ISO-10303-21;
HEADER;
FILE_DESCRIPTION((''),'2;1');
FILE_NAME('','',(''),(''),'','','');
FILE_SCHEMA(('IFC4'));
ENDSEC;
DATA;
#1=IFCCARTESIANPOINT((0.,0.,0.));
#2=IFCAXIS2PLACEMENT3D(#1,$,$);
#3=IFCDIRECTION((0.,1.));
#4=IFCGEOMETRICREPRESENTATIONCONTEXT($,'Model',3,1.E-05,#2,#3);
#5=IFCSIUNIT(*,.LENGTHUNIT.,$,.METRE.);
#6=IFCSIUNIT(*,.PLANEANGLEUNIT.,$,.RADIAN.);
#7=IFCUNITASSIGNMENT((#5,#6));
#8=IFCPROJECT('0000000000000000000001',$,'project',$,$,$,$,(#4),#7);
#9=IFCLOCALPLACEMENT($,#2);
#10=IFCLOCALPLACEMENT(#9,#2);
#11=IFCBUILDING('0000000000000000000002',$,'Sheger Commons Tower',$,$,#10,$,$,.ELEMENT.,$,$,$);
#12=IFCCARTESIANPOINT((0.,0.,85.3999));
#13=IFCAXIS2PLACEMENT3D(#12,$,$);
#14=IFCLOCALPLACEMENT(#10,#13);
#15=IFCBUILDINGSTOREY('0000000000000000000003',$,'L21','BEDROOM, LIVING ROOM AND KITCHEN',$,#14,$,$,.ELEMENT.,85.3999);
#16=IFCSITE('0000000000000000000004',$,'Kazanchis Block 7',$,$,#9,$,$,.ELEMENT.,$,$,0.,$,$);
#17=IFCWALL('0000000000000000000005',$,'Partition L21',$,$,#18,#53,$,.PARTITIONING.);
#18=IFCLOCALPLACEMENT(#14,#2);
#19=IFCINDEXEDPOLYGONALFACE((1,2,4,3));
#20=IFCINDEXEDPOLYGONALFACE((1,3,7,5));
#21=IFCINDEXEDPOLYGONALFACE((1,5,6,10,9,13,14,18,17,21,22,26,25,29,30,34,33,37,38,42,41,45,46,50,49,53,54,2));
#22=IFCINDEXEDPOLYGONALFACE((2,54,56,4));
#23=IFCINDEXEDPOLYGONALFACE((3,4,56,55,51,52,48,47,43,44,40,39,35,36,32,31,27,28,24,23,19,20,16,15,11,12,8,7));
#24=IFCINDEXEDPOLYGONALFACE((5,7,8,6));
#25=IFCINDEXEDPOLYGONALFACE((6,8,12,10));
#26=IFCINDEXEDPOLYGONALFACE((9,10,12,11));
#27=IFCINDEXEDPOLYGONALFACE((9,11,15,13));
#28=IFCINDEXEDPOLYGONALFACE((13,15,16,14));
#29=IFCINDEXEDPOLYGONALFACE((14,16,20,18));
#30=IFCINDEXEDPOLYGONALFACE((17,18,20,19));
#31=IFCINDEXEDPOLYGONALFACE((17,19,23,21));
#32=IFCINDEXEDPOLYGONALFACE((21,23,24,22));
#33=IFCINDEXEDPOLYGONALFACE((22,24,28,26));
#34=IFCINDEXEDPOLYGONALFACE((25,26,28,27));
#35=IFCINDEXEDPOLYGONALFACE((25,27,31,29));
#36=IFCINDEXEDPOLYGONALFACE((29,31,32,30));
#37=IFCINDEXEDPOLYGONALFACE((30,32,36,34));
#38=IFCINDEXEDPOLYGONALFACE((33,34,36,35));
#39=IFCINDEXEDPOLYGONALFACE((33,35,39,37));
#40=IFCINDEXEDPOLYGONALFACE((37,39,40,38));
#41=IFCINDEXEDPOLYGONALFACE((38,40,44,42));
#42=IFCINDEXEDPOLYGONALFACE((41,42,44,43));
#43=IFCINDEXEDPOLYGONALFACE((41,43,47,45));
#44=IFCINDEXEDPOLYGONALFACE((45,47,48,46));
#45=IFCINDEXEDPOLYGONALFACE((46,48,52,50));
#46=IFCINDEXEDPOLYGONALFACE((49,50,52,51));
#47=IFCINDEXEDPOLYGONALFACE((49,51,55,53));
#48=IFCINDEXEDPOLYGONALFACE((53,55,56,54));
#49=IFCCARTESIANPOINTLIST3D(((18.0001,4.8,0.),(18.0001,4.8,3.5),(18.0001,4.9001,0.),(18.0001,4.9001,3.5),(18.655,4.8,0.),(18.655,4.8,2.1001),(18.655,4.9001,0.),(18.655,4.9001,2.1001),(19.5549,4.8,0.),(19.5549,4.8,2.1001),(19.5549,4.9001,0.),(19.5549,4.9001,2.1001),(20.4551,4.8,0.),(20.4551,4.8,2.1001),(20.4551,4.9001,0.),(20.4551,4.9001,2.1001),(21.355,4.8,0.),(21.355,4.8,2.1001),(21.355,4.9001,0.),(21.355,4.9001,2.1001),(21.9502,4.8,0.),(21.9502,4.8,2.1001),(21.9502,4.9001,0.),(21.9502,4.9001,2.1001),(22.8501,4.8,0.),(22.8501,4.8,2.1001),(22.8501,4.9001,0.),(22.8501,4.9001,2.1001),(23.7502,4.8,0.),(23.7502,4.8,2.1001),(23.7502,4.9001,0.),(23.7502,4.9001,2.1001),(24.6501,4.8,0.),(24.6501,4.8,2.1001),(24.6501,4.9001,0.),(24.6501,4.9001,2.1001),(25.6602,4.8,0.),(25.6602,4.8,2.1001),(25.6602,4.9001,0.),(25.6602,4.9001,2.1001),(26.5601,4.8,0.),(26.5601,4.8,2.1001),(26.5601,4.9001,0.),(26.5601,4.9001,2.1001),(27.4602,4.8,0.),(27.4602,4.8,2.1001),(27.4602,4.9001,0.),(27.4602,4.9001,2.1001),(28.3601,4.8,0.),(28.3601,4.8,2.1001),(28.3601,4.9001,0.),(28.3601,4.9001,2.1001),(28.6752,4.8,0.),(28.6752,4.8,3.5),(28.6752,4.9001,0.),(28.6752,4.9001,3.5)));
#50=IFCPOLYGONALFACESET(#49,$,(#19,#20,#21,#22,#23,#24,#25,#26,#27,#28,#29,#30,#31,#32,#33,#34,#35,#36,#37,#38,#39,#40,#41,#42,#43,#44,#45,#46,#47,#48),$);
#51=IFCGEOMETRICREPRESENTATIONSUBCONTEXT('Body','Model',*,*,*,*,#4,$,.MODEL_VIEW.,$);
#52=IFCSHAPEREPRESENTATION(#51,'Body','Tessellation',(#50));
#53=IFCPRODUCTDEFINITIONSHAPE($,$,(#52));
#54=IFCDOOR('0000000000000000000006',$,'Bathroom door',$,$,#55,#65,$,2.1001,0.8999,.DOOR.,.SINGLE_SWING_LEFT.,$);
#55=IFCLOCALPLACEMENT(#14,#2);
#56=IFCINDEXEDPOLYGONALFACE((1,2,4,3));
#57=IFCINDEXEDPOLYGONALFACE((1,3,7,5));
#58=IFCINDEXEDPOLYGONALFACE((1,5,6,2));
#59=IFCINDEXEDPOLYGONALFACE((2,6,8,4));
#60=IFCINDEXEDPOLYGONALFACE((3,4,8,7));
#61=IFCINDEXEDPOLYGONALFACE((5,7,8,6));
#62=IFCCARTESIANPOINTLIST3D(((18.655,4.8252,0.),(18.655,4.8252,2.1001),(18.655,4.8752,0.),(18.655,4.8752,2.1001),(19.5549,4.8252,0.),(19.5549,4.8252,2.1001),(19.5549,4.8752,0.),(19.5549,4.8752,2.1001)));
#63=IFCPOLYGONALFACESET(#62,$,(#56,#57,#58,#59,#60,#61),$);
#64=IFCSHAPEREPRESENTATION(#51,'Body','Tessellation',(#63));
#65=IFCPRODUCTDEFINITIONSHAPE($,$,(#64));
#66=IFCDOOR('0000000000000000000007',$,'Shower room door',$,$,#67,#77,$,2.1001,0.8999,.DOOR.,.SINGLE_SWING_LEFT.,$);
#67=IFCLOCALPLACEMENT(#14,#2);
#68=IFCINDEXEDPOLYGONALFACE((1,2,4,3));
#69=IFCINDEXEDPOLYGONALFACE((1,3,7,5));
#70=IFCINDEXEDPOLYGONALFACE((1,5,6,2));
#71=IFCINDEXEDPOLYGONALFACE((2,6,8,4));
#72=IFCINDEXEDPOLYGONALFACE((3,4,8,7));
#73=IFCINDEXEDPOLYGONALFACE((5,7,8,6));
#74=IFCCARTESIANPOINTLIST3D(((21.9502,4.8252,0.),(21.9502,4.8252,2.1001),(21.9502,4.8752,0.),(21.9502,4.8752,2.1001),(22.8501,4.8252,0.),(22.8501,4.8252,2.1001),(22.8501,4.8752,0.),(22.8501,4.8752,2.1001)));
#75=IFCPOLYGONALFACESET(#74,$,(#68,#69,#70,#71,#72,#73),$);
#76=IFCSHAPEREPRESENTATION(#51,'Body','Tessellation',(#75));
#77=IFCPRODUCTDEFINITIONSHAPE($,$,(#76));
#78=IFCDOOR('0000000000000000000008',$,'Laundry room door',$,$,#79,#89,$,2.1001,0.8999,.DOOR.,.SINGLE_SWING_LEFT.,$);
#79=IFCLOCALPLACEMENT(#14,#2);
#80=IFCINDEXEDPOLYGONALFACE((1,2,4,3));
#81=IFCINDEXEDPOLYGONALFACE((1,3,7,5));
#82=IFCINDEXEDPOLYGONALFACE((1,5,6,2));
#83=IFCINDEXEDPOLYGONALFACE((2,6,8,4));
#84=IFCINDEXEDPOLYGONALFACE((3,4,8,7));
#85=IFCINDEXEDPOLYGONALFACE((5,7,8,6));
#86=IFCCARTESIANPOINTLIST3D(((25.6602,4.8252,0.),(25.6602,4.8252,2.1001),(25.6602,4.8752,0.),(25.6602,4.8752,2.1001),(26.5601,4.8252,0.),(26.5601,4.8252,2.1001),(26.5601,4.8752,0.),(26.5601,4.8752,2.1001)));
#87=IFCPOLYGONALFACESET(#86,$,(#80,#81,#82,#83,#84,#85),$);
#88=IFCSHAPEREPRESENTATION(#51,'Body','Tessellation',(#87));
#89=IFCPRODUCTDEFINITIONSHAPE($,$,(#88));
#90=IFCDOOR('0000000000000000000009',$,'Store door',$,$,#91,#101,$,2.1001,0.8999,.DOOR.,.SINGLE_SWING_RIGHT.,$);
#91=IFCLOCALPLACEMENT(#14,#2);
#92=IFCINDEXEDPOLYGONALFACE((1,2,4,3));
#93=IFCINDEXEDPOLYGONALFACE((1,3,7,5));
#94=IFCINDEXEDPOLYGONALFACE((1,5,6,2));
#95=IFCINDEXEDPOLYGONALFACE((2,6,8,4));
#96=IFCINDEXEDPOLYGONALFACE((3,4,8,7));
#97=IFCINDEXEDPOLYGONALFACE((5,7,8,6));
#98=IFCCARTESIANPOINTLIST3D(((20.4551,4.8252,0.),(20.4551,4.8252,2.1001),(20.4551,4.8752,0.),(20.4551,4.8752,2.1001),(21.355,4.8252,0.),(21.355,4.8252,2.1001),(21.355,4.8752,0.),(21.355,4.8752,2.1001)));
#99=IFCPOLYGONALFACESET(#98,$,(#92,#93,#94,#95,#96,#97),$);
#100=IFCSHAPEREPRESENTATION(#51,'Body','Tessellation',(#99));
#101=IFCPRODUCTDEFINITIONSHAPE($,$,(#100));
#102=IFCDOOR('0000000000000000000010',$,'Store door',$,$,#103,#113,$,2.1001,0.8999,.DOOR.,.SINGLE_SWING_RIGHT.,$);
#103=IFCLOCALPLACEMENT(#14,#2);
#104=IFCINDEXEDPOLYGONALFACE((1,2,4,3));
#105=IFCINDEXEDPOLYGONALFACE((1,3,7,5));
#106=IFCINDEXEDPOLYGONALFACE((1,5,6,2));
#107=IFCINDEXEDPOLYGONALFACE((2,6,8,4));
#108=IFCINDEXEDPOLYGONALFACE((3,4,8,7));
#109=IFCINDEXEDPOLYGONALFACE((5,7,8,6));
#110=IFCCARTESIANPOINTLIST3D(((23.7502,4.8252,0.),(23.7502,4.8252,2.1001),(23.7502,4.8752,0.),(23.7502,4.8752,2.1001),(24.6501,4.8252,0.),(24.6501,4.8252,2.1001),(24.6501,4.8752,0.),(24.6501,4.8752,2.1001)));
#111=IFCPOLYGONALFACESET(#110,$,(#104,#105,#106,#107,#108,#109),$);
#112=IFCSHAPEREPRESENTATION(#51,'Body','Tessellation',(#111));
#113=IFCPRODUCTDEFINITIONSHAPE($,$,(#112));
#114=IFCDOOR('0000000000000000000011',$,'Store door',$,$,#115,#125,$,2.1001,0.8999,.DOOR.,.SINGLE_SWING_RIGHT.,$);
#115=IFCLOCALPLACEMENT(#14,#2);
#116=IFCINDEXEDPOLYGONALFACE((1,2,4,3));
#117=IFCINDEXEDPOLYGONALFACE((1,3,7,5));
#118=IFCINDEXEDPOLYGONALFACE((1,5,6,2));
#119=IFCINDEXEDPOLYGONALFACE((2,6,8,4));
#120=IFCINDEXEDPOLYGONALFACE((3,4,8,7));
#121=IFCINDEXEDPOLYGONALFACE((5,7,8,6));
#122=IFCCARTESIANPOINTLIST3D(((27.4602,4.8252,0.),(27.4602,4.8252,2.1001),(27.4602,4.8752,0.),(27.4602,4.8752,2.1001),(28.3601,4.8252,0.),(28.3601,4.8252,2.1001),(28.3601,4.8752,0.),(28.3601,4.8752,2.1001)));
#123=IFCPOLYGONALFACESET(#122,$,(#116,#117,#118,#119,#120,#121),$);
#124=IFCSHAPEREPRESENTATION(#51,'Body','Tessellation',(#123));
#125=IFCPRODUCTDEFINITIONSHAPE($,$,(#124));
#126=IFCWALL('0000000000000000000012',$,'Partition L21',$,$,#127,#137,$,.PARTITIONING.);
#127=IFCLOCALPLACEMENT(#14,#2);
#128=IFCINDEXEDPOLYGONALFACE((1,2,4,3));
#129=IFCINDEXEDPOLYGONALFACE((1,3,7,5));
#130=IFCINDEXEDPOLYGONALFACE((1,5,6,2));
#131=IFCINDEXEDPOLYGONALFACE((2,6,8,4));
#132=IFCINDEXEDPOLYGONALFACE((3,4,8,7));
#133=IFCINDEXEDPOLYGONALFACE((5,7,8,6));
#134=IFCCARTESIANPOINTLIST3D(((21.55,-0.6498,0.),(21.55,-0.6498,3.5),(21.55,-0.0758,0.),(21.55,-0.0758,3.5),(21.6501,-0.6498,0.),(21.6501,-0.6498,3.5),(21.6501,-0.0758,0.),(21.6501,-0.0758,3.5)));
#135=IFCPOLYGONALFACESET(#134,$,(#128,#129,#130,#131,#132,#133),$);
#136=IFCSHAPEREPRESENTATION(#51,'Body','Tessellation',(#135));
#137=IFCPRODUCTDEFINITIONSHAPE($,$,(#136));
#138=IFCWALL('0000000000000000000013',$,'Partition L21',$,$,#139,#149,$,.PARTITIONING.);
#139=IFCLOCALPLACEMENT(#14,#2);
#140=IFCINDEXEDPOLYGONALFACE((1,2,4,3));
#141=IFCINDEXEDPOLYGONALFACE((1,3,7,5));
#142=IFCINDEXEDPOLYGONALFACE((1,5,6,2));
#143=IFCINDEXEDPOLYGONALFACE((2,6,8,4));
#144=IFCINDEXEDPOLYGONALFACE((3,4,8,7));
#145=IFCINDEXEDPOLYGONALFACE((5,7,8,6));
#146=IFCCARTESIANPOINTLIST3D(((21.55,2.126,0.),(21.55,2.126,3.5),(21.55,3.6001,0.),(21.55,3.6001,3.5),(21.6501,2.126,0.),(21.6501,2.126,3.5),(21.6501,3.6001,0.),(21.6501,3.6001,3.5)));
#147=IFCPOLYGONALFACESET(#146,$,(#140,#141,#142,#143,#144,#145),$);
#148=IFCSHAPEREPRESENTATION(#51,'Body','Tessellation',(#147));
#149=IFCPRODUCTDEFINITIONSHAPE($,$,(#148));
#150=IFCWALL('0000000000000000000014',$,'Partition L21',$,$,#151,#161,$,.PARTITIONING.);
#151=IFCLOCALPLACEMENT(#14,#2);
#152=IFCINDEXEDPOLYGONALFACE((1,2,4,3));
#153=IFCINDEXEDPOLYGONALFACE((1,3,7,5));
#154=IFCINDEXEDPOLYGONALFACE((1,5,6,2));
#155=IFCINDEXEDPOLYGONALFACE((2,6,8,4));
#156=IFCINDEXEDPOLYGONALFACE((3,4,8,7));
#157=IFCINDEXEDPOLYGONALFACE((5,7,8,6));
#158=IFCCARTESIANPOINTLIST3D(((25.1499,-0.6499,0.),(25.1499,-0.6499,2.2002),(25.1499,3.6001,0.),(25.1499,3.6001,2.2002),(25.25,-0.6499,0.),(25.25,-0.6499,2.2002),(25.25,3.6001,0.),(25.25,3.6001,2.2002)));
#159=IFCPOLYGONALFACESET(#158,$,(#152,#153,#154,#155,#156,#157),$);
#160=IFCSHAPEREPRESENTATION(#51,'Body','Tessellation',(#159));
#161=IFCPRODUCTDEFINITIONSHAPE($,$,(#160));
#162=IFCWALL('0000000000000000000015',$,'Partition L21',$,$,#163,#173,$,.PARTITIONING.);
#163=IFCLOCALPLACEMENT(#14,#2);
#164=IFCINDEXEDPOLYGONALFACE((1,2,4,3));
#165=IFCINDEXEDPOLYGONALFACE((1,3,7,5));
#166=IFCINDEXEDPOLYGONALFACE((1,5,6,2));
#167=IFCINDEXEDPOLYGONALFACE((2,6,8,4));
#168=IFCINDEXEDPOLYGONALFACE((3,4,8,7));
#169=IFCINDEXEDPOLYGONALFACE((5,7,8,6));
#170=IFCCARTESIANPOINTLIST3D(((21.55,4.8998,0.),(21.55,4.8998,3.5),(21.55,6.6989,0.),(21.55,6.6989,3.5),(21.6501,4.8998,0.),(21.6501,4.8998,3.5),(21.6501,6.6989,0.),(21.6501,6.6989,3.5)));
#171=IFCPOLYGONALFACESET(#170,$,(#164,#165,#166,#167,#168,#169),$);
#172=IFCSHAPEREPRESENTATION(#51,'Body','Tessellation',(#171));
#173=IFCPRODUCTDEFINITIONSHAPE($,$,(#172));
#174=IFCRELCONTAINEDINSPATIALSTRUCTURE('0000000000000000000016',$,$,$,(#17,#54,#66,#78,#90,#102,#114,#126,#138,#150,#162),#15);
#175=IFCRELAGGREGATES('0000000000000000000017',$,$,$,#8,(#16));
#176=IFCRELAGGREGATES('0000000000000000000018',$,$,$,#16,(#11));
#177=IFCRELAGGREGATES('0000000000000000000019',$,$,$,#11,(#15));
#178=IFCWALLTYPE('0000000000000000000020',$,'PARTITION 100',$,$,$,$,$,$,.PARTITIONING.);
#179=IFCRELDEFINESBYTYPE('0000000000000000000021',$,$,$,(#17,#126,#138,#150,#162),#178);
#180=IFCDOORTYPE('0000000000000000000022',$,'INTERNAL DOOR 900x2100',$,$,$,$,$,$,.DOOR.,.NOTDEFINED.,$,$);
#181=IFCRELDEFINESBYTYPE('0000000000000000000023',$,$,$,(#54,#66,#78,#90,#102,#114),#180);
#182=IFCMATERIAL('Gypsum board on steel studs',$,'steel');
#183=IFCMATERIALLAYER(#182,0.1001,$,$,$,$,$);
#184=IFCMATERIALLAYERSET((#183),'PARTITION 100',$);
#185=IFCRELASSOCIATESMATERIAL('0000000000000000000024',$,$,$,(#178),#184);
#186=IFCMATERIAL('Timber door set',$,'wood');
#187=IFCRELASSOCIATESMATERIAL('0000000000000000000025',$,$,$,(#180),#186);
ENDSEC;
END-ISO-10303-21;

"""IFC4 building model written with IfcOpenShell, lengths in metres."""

from ifc_helpers import new_model, si_unit, direction, frame, frame_2d, origin, place, context, subcontext, project, spatial, rectangle, extrude, material, layer, layer_set, type_object, element, fill, save


model = new_model("IFC4")

# Units and contexts
model_context = context("Model", 3, precision=1e-05, world=origin(), true_north=direction((0.0, 1.0)))
body_context = subcontext(model_context, "Body", "Model", "MODEL_VIEW")
ifc_project = project(units=[si_unit("LENGTHUNIT", "METRE"), si_unit("PLANEANGLEUNIT", "RADIAN")], contexts=[model_context])

# Site, building, storey
site_placement = place(None, origin())
site = spatial("IfcSite", under=ifc_project, at=site_placement, Name="Kazanchis Block 7", CompositionType="ELEMENT", RefElevation=0.0)
building_placement = place(site_placement, origin())
building = spatial("IfcBuilding", under=site, at=building_placement, Name="Sheger Commons Tower", CompositionType="ELEMENT")
storey_placement = place(building_placement, frame((0.0, 0.0, 85.3999)))
storey = spatial("IfcBuildingStorey", under=building, at=storey_placement, Name="L21", Description="BEDROOM, LIVING ROOM AND KITCHEN", CompositionType="ELEMENT", Elevation=85.3999)

# Wall, openings, doors
ifc_material_1 = material(Name="Gypsum board on steel studs", Category="steel")
ifc_layer_1 = layer(ifc_material_1, 0.1001)
ifc_layer_set_1 = layer_set([ifc_layer_1], Name="PARTITION 100")
wall_type = type_object("IfcWallType", Name="PARTITION 100", PredefinedType="PARTITIONING", material=ifc_layer_set_1)
ifc_material_2 = material(Name="Timber door set", Category="wood")
door_type = type_object("IfcDoorType", Name="INTERNAL DOOR 900x2100", OperationType="NOTDEFINED", PredefinedType="DOOR", material=ifc_material_2)
wall_1_placement = place(storey_placement, frame((28.675, 4.8501, 0.0), z_axis=(0.0, 0.0, 1.0), x_axis=(-1.0, 0.0, 0.0)))
wall_1 = element("IfcWall", 1, at=wall_1_placement, inside=storey, type_object=wall_type, Name="Partition L21", PredefinedType="PARTITIONING", context=body_context, shape_type="SweptSolid", body=[
    extrude(rectangle(XDim=10.675, YDim=0.1001, at=frame_2d((5.3374, 0.0))), origin(), (0.0, 0.0, 1.0), 3.5),
])
opening_1_placement = place(wall_1_placement, frame((9.1201, 0.0, 0.0)))
opening_1 = element("IfcOpeningElement", 2, at=opening_1_placement, cuts=wall_1, PredefinedType="OPENING", context=body_context, shape_type="SweptSolid", body=[
    extrude(rectangle(XDim=0.8999, YDim=2.1001, at=frame_2d((0.45, 1.05))), frame((0.0, 0.0601, 0.0), z_axis=(0.0, -1.0, 0.0), x_axis=(1.0, 0.0, 0.0)), (0.0, 0.0, 1.0), 0.1201),
])
opening_2_placement = place(wall_1_placement, frame((5.825, 0.0, 0.0)))
opening_2 = element("IfcOpeningElement", 3, at=opening_2_placement, cuts=wall_1, PredefinedType="OPENING", context=body_context, shape_type="SweptSolid", body=[
    extrude(rectangle(XDim=0.8999, YDim=2.1001, at=frame_2d((0.45, 1.05))), frame((0.0, 0.0601, 0.0), z_axis=(0.0, -1.0, 0.0), x_axis=(1.0, 0.0, 0.0)), (0.0, 0.0, 1.0), 0.1201),
])
opening_3_placement = place(wall_1_placement, frame((2.115, 0.0, 0.0)))
opening_3 = element("IfcOpeningElement", 4, at=opening_3_placement, cuts=wall_1, PredefinedType="OPENING", context=body_context, shape_type="SweptSolid", body=[
    extrude(rectangle(XDim=0.8999, YDim=2.1001, at=frame_2d((0.45, 1.05))), frame((0.0, 0.0601, 0.0), z_axis=(0.0, -1.0, 0.0), x_axis=(1.0, 0.0, 0.0)), (0.0, 0.0, 1.0), 0.1201),
])
opening_4_placement = place(wall_1_placement, frame((7.3201, 0.0, 0.0)))
opening_4 = element("IfcOpeningElement", 5, at=opening_4_placement, cuts=wall_1, PredefinedType="OPENING", context=body_context, shape_type="SweptSolid", body=[
    extrude(rectangle(XDim=0.8999, YDim=2.1001, at=frame_2d((0.45, 1.05))), frame((0.0, 0.0601, 0.0), z_axis=(0.0, -1.0, 0.0), x_axis=(1.0, 0.0, 0.0)), (0.0, 0.0, 1.0), 0.1201),
])
opening_5_placement = place(wall_1_placement, frame((4.0249, 0.0, 0.0)))
opening_5 = element("IfcOpeningElement", 6, at=opening_5_placement, cuts=wall_1, PredefinedType="OPENING", context=body_context, shape_type="SweptSolid", body=[
    extrude(rectangle(XDim=0.8999, YDim=2.1001, at=frame_2d((0.45, 1.05))), frame((0.0, 0.0601, 0.0), z_axis=(0.0, -1.0, 0.0), x_axis=(1.0, 0.0, 0.0)), (0.0, 0.0, 1.0), 0.1201),
])
opening_6_placement = place(wall_1_placement, frame((0.3149, 0.0, 0.0)))
opening_6 = element("IfcOpeningElement", 7, at=opening_6_placement, cuts=wall_1, PredefinedType="OPENING", context=body_context, shape_type="SweptSolid", body=[
    extrude(rectangle(XDim=0.8999, YDim=2.1001, at=frame_2d((0.45, 1.05))), frame((0.0, 0.0601, 0.0), z_axis=(0.0, -1.0, 0.0), x_axis=(1.0, 0.0, 0.0)), (0.0, 0.0, 1.0), 0.1201),
])
door_1_placement = place(opening_1_placement, origin())
door_1 = element("IfcDoor", 8, at=door_1_placement, inside=storey, type_object=door_type, Name="Bathroom door", OperationType="SINGLE_SWING_LEFT", OverallHeight=2.1001, OverallWidth=0.8999, PredefinedType="DOOR", context=body_context, shape_type="SweptSolid", body=[
    extrude(rectangle(XDim=0.8999, YDim=2.1001, at=frame_2d((0.45, 1.05))), frame((0.0, 0.0249, 0.0), z_axis=(0.0, -1.0, 0.0), x_axis=(1.0, 0.0, 0.0)), (0.0, 0.0, 1.0), 0.05),
])
fill(opening_1, door_1)
door_2_placement = place(opening_2_placement, origin())
door_2 = element("IfcDoor", 9, at=door_2_placement, inside=storey, type_object=door_type, Name="Shower room door", OperationType="SINGLE_SWING_LEFT", OverallHeight=2.1001, OverallWidth=0.8999, PredefinedType="DOOR", context=body_context, shape_type="SweptSolid", body=[
    extrude(rectangle(XDim=0.8999, YDim=2.1001, at=frame_2d((0.45, 1.05))), frame((0.0, 0.0249, 0.0), z_axis=(0.0, -1.0, 0.0), x_axis=(1.0, 0.0, 0.0)), (0.0, 0.0, 1.0), 0.05),
])
fill(opening_2, door_2)
door_3_placement = place(opening_3_placement, origin())
door_3 = element("IfcDoor", 10, at=door_3_placement, inside=storey, type_object=door_type, Name="Laundry room door", OperationType="SINGLE_SWING_LEFT", OverallHeight=2.1001, OverallWidth=0.8999, PredefinedType="DOOR", context=body_context, shape_type="SweptSolid", body=[
    extrude(rectangle(XDim=0.8999, YDim=2.1001, at=frame_2d((0.45, 1.05))), frame((0.0, 0.0249, 0.0), z_axis=(0.0, -1.0, 0.0), x_axis=(1.0, 0.0, 0.0)), (0.0, 0.0, 1.0), 0.05),
])
fill(opening_3, door_3)
door_4_placement = place(opening_4_placement, origin())
door_4 = element("IfcDoor", 11, at=door_4_placement, inside=storey, type_object=door_type, Name="Store door", OperationType="SINGLE_SWING_RIGHT", OverallHeight=2.1001, OverallWidth=0.8999, PredefinedType="DOOR", context=body_context, shape_type="SweptSolid", body=[
    extrude(rectangle(XDim=0.8999, YDim=2.1001, at=frame_2d((0.45, 1.05))), frame((0.0, 0.0249, 0.0), z_axis=(0.0, -1.0, 0.0), x_axis=(1.0, 0.0, 0.0)), (0.0, 0.0, 1.0), 0.05),
])
fill(opening_4, door_4)
door_5_placement = place(opening_5_placement, origin())
door_5 = element("IfcDoor", 12, at=door_5_placement, inside=storey, type_object=door_type, Name="Store door", OperationType="SINGLE_SWING_RIGHT", OverallHeight=2.1001, OverallWidth=0.8999, PredefinedType="DOOR", context=body_context, shape_type="SweptSolid", body=[
    extrude(rectangle(XDim=0.8999, YDim=2.1001, at=frame_2d((0.45, 1.05))), frame((0.0, 0.0249, 0.0), z_axis=(0.0, -1.0, 0.0), x_axis=(1.0, 0.0, 0.0)), (0.0, 0.0, 1.0), 0.05),
])
fill(opening_5, door_5)
door_6_placement = place(opening_6_placement, origin())
door_6 = element("IfcDoor", 13, at=door_6_placement, inside=storey, type_object=door_type, Name="Store door", OperationType="SINGLE_SWING_RIGHT", OverallHeight=2.1001, OverallWidth=0.8999, PredefinedType="DOOR", context=body_context, shape_type="SweptSolid", body=[
    extrude(rectangle(XDim=0.8999, YDim=2.1001, at=frame_2d((0.45, 1.05))), frame((0.0, 0.0249, 0.0), z_axis=(0.0, -1.0, 0.0), x_axis=(1.0, 0.0, 0.0)), (0.0, 0.0, 1.0), 0.05),
])
fill(opening_6, door_6)

# Walls
wall_2_placement = place(storey_placement, frame((21.6001, -0.6499, 0.0), z_axis=(0.0, 0.0, 1.0), x_axis=(0.0, 1.0, 0.0)))
element("IfcWall", 14, at=wall_2_placement, inside=storey, type_object=wall_type, Name="Partition L21", PredefinedType="PARTITIONING", context=body_context, shape_type="SweptSolid", body=[
    extrude(rectangle(XDim=0.574, YDim=0.1001, at=frame_2d((0.2871, 0.0))), origin(), (0.0, 0.0, 1.0), 3.5),
])
wall_3_placement = place(storey_placement, frame((21.6001, 2.126, 0.0), z_axis=(0.0, 0.0, 1.0), x_axis=(0.0, 1.0, 0.0)))
element("IfcWall", 15, at=wall_3_placement, inside=storey, type_object=wall_type, Name="Partition L21", PredefinedType="PARTITIONING", context=body_context, shape_type="SweptSolid", body=[
    extrude(rectangle(XDim=1.4741, YDim=0.1001, at=frame_2d((0.7371, 0.0))), origin(), (0.0, 0.0, 1.0), 3.5),
])
wall_4_placement = place(storey_placement, frame((25.2, -0.6499, 0.0), z_axis=(0.0, 0.0, 1.0), x_axis=(0.0, 1.0, 0.0)))
element("IfcWall", 16, at=wall_4_placement, inside=storey, type_object=wall_type, Name="Partition L21", PredefinedType="PARTITIONING", context=body_context, shape_type="SweptSolid", body=[
    extrude(rectangle(XDim=4.25, YDim=0.1001, at=frame_2d((2.125, 0.0))), origin(), (0.0, 0.0, 1.0), 2.2002),
])
wall_5_placement = place(storey_placement, frame((21.6001, 4.8999, 0.0), z_axis=(0.0, 0.0, 1.0), x_axis=(0.0, 1.0, 0.0)))
element("IfcWall", 17, at=wall_5_placement, inside=storey, type_object=wall_type, Name="Partition L21", PredefinedType="PARTITIONING", context=body_context, shape_type="SweptSolid", body=[
    extrude(rectangle(XDim=1.7991, YDim=0.1001, at=frame_2d((0.8994, 0.0))), origin(), (0.0, 0.0, 1.0), 3.5),
])

save(model, "model.ifc")
